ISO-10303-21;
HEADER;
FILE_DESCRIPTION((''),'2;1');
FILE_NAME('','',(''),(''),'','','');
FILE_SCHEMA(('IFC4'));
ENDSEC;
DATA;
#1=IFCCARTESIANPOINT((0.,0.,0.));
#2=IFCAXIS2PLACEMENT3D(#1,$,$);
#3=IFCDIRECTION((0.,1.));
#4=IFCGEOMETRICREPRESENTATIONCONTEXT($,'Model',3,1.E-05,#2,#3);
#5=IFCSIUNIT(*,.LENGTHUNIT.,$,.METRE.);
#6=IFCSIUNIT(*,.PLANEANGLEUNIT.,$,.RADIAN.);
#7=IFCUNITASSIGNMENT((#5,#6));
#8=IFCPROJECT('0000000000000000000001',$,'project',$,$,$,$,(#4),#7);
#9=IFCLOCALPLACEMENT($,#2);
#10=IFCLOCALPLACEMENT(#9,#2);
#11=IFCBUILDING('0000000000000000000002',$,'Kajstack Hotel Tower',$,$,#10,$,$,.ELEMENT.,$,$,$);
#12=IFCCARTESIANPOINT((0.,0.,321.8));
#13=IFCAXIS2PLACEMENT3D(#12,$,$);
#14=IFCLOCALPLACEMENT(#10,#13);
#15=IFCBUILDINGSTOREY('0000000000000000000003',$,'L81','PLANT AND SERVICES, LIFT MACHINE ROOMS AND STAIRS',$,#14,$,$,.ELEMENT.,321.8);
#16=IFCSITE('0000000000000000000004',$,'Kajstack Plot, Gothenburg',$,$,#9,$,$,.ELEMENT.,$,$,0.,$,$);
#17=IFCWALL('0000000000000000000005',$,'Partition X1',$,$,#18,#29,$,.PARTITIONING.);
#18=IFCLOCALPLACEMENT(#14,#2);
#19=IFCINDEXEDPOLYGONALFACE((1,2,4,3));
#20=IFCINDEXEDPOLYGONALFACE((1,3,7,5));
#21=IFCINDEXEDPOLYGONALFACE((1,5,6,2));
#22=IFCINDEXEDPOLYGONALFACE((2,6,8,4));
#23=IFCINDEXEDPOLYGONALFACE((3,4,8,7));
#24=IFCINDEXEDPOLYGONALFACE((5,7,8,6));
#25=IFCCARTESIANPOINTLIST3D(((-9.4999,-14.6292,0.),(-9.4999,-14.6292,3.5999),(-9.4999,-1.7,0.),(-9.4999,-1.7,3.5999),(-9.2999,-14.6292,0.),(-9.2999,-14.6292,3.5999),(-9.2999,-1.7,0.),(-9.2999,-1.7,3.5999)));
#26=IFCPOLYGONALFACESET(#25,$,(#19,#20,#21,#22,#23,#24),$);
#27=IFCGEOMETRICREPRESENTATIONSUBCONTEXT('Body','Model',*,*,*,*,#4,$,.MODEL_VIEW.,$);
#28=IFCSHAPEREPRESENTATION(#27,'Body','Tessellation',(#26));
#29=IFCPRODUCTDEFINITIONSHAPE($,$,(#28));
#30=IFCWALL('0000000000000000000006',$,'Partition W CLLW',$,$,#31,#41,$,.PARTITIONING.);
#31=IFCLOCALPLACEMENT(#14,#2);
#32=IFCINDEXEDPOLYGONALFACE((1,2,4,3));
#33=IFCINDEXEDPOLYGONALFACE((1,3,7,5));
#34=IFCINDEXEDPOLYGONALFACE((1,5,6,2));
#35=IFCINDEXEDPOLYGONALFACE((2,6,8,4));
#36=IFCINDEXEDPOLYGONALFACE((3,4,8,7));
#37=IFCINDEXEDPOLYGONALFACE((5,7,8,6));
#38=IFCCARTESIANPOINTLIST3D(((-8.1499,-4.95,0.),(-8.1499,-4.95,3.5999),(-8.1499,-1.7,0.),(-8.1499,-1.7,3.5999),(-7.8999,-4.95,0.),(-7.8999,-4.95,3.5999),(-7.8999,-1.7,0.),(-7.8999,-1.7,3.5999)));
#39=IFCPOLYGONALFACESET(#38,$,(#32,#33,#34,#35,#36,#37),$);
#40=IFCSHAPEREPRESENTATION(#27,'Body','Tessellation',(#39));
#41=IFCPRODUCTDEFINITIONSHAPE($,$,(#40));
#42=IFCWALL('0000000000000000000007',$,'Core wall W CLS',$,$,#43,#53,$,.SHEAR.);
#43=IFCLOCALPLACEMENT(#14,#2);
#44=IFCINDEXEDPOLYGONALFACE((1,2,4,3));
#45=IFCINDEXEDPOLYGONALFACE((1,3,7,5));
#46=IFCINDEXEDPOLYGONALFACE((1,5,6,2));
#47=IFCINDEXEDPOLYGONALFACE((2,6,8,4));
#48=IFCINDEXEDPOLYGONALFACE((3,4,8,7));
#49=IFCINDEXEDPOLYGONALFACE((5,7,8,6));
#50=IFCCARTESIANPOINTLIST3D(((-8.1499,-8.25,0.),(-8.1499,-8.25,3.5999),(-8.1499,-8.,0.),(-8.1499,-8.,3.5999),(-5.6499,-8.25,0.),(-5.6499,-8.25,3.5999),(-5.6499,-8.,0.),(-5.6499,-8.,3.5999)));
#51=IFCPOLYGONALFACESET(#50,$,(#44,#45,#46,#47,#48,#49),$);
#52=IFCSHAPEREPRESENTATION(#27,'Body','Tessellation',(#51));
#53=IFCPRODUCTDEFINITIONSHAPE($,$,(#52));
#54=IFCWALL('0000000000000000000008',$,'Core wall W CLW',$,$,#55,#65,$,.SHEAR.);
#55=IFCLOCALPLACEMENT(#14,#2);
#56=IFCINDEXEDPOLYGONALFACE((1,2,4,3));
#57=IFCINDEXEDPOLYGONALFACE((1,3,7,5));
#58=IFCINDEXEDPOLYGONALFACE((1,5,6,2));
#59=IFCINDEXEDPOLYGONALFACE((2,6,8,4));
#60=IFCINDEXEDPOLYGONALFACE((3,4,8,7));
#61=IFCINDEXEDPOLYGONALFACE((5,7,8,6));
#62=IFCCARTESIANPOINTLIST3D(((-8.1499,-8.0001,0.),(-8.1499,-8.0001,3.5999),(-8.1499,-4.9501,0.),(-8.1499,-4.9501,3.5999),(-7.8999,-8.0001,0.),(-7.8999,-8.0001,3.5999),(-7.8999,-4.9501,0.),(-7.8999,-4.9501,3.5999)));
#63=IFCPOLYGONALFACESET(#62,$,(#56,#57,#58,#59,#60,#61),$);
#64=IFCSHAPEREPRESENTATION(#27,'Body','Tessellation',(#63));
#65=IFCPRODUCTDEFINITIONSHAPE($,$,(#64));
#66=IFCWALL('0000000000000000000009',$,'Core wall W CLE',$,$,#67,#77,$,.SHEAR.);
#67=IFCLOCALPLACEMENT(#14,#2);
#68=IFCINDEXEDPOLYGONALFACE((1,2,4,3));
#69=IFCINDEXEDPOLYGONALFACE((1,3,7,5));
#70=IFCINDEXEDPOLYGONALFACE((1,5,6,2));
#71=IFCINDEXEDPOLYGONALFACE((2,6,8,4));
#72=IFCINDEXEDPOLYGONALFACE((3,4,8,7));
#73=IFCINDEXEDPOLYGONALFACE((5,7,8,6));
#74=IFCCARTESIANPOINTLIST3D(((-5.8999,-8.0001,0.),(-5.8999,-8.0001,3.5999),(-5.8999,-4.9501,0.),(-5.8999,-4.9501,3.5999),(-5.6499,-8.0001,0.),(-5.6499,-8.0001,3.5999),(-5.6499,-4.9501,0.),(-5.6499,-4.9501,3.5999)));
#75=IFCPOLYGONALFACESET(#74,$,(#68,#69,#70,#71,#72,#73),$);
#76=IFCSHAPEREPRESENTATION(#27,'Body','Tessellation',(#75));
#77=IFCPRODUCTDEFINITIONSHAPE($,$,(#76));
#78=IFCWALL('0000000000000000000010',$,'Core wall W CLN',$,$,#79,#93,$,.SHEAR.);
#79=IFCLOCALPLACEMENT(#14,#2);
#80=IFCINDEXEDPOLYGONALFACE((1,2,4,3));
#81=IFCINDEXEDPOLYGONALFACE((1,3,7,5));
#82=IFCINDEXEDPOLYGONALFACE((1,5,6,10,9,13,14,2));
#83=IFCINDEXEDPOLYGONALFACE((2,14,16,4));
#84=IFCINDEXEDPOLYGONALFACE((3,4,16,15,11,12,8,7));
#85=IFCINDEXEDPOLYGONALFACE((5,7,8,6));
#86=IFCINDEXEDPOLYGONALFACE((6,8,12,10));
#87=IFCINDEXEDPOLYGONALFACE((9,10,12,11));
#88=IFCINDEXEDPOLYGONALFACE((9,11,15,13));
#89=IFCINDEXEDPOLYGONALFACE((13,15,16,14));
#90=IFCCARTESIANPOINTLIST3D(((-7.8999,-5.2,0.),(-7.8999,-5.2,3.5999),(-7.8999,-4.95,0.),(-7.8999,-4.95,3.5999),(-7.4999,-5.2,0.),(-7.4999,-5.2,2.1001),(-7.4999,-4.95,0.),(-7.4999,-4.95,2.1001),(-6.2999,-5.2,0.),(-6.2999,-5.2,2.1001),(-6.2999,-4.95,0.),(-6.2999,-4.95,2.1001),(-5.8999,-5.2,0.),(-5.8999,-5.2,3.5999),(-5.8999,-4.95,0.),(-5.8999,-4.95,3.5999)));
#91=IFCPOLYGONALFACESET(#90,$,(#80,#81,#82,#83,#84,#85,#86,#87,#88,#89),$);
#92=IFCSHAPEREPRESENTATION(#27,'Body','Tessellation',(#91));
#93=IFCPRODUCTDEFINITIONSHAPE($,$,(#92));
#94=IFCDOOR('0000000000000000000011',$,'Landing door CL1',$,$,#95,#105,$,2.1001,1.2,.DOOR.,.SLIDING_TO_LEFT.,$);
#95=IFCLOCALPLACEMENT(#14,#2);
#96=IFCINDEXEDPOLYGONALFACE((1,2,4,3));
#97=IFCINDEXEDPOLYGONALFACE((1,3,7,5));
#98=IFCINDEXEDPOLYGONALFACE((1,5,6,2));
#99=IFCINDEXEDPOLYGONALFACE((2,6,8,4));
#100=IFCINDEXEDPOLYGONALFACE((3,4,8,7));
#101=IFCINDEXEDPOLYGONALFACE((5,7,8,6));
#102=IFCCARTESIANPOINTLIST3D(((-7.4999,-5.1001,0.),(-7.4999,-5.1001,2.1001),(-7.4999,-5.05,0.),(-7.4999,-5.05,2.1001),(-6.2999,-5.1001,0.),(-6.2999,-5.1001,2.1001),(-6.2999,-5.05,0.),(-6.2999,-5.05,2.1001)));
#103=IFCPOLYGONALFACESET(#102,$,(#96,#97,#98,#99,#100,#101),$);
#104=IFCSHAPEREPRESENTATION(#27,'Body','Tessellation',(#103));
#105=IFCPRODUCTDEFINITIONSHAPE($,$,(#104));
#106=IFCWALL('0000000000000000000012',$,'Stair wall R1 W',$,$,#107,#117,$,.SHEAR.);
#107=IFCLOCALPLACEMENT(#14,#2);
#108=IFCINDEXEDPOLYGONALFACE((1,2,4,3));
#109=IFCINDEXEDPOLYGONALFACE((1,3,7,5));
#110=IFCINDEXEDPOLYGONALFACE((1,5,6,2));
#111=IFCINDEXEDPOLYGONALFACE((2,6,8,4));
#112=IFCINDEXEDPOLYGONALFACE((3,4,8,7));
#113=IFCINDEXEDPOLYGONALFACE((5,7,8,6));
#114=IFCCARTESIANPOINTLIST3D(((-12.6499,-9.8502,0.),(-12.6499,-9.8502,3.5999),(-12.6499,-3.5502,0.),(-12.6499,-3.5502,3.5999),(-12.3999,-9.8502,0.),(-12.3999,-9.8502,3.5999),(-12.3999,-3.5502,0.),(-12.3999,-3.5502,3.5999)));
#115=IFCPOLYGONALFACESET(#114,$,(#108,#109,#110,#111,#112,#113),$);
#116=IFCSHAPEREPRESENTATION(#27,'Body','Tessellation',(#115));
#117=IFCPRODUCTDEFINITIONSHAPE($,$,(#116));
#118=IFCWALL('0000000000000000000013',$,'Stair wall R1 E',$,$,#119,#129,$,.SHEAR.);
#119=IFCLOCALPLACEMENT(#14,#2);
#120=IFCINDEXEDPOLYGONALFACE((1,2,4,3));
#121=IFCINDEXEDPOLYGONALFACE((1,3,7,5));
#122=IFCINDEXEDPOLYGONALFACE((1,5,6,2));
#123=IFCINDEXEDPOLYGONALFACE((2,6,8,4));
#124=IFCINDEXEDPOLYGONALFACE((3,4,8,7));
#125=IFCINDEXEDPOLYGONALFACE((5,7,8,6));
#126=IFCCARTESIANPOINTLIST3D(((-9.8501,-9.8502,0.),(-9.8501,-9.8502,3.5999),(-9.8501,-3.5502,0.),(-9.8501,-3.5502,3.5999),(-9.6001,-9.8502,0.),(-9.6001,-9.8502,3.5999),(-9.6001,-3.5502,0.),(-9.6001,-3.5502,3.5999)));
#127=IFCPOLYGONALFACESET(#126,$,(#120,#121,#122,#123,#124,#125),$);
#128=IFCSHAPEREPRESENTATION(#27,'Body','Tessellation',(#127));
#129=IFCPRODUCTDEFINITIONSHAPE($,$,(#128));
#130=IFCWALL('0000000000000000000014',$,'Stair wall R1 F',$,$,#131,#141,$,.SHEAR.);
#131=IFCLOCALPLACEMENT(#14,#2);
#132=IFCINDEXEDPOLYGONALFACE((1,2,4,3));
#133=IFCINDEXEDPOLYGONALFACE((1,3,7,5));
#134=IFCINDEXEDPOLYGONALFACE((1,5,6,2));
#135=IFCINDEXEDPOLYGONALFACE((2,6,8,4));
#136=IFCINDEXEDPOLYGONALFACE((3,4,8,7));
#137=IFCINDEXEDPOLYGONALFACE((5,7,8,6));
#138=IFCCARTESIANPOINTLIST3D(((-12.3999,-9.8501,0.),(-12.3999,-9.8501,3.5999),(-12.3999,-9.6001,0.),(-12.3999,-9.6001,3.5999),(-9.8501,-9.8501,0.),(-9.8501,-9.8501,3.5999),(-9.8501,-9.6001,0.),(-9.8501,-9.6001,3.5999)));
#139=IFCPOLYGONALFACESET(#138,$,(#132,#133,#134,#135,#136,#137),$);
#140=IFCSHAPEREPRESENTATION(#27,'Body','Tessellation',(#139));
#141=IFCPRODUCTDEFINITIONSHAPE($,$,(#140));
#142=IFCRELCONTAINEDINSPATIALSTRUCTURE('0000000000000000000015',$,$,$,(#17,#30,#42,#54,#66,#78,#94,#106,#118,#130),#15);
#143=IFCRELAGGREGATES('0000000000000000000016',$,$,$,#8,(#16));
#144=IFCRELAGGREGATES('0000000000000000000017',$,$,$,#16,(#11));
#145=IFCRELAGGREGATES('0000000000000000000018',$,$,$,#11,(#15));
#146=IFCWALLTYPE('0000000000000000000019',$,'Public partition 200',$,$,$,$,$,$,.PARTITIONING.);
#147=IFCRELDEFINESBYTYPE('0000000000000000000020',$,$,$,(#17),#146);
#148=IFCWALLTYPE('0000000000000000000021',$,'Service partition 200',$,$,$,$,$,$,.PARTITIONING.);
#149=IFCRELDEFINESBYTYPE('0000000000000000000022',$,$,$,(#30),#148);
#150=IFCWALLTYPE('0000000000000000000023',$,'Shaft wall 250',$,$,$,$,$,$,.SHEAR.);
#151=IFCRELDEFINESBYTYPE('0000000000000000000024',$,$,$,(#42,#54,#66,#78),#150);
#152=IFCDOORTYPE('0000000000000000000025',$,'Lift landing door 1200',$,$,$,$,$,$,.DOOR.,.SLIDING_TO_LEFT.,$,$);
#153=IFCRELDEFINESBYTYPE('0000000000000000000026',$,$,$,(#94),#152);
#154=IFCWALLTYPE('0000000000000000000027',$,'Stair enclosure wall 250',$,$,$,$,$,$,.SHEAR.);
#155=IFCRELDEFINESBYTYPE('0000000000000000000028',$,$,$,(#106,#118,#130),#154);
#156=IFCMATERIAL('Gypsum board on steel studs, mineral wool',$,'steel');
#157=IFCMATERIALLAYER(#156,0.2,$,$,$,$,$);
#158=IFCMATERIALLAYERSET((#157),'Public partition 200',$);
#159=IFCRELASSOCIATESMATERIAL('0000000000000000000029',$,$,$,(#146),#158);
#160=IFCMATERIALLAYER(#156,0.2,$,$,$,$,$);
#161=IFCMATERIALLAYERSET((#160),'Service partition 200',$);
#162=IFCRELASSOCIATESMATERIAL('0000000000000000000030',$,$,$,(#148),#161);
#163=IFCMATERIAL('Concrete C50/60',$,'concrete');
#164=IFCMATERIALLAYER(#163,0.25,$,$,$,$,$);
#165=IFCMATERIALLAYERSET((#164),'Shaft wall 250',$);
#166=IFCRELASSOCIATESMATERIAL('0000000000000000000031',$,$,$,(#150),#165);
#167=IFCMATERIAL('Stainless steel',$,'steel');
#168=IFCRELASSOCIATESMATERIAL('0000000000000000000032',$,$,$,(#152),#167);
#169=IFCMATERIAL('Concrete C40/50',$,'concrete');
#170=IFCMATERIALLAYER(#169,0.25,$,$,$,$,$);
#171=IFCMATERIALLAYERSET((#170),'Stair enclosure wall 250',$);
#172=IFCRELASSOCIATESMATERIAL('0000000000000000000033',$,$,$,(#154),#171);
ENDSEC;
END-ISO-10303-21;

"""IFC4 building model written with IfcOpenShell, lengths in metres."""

from ifc_helpers import new_model, si_unit, direction, frame, frame_2d, origin, place, context, subcontext, project, spatial, rectangle, extrude, material, layer, layer_set, type_object, element, fill, save


model = new_model("IFC4")

# Units and contexts
model_context = context("Model", 3, precision=1e-05, world=origin(), true_north=direction((0.0, 1.0)))
body_context = subcontext(model_context, "Body", "Model", "MODEL_VIEW")
ifc_project = project(units=[si_unit("LENGTHUNIT", "METRE"), si_unit("PLANEANGLEUNIT", "RADIAN")], contexts=[model_context])

# Site, building, storey
site_placement = place(None, origin())
site = spatial("IfcSite", under=ifc_project, at=site_placement, Name="Kajstack Plot, Gothenburg", CompositionType="ELEMENT", RefElevation=0.0)
building_placement = place(site_placement, origin())
building = spatial("IfcBuilding", under=site, at=building_placement, Name="Kajstack Hotel Tower", CompositionType="ELEMENT")
storey_placement = place(building_placement, frame((0.0, 0.0, 321.8)))
storey = spatial("IfcBuildingStorey", under=building, at=storey_placement, Name="L81", Description="PLANT AND SERVICES, LIFT MACHINE ROOMS AND STAIRS", CompositionType="ELEMENT", Elevation=321.8)

# Walls
ifc_material_1 = material(Name="Gypsum board on steel studs, mineral wool", Category="steel")
ifc_layer_1 = layer(ifc_material_1, 0.2)
ifc_layer_set_1 = layer_set([ifc_layer_1], Name="Public partition 200")
wall_type_1 = type_object("IfcWallType", Name="Public partition 200", PredefinedType="PARTITIONING", material=ifc_layer_set_1)
wall_1_placement = place(storey_placement, frame((-9.3999, -14.6292, 0.0), z_axis=(0.0, 0.0, 1.0), x_axis=(0.0, 1.0, 0.0)))
element("IfcWall", 1, at=wall_1_placement, inside=storey, type_object=wall_type_1, Name="Partition X1", PredefinedType="PARTITIONING", context=body_context, shape_type="SweptSolid", body=[
    extrude(rectangle(XDim=12.9292, YDim=0.2, at=frame_2d((6.4646, 0.0))), origin(), (0.0, 0.0, 1.0), 3.5999),
])
ifc_layer_2 = layer(ifc_material_1, 0.2)
ifc_layer_set_2 = layer_set([ifc_layer_2], Name="Service partition 200")
wall_type_2 = type_object("IfcWallType", Name="Service partition 200", PredefinedType="PARTITIONING", material=ifc_layer_set_2)
wall_2_placement = place(storey_placement, frame((-8.0249, -4.95, 0.0), z_axis=(0.0, 0.0, 1.0), x_axis=(0.0, 1.0, 0.0)))
element("IfcWall", 2, at=wall_2_placement, inside=storey, type_object=wall_type_2, Name="Partition W CLLW", PredefinedType="PARTITIONING", context=body_context, shape_type="SweptSolid", body=[
    extrude(rectangle(XDim=3.25, YDim=0.25, at=frame_2d((1.625, 0.0))), origin(), (0.0, 0.0, 1.0), 3.5999),
])
ifc_material_2 = material(Name="Concrete C50/60", Category="concrete")
ifc_layer_3 = layer(ifc_material_2, 0.25)
ifc_layer_set_3 = layer_set([ifc_layer_3], Name="Shaft wall 250")
wall_type_3 = type_object("IfcWallType", Name="Shaft wall 250", PredefinedType="SHEAR", material=ifc_layer_set_3)
wall_3_placement = place(storey_placement, frame((-8.1499, -8.125, 0.0), z_axis=(0.0, 0.0, 1.0), x_axis=(1.0, 0.0, 0.0)))
element("IfcWall", 3, at=wall_3_placement, inside=storey, type_object=wall_type_3, Name="Core wall W CLS", PredefinedType="SHEAR", context=body_context, shape_type="SweptSolid", body=[
    extrude(rectangle(XDim=2.5, YDim=0.25, at=frame_2d((1.25, 0.0))), origin(), (0.0, 0.0, 1.0), 3.5999),
])
for number, where, z_axis, x_axis, name in (
    (4, (-8.0249, -8.0, 0.0), (0.0, 0.0, 1.0), (0.0, 1.0, 0.0), "Core wall W CLW"),
    (5, (-5.7749, -8.0, 0.0), (0.0, 0.0, 1.0), (0.0, 1.0, 0.0), "Core wall W CLE"),
):
    element("IfcWall", number, at=place(storey_placement, frame(where, z_axis=z_axis, x_axis=x_axis)), inside=storey, type_object=wall_type_3, Name=name, PredefinedType="SHEAR", context=body_context, shape_type="SweptSolid", body=[
        extrude(rectangle(XDim=3.05, YDim=0.25, at=frame_2d((1.5249, 0.0))), origin(), (0.0, 0.0, 1.0), 3.5999),
    ])

# Wall, opening, door
wall_4_placement = place(storey_placement, frame((-7.8999, -5.075, 0.0), z_axis=(0.0, 0.0, 1.0), x_axis=(1.0, 0.0, 0.0)))
wall_4 = element("IfcWall", 6, at=wall_4_placement, inside=storey, type_object=wall_type_3, Name="Core wall W CLN", PredefinedType="SHEAR", context=body_context, shape_type="SweptSolid", body=[
    extrude(rectangle(XDim=2.0, YDim=0.25, at=frame_2d((1.0, 0.0))), origin(), (0.0, 0.0, 1.0), 3.5999),
])
opening_placement = place(wall_4_placement, frame((0.3999, 0.0, 0.0)))
opening = element("IfcOpeningElement", 7, at=opening_placement, cuts=wall_4, PredefinedType="OPENING", context=body_context, shape_type="SweptSolid", body=[
    extrude(rectangle(XDim=1.2, YDim=2.1001, at=frame_2d((0.6001, 1.05))), frame((0.0, 0.135, 0.0), z_axis=(0.0, -1.0, 0.0), x_axis=(1.0, 0.0, 0.0)), (0.0, 0.0, 1.0), 0.27),
])
ifc_material_3 = material(Name="Stainless steel", Category="steel")
door_type = type_object("IfcDoorType", Name="Lift landing door 1200", OperationType="SLIDING_TO_LEFT", PredefinedType="DOOR", material=ifc_material_3)
door_placement = place(opening_placement, origin())
door = element("IfcDoor", 8, at=door_placement, inside=storey, type_object=door_type, Name="Landing door CL1", OperationType="SLIDING_TO_LEFT", OverallHeight=2.1001, OverallWidth=1.2, PredefinedType="DOOR", context=body_context, shape_type="SweptSolid", body=[
    extrude(rectangle(XDim=1.2, YDim=2.1001, at=frame_2d((0.6001, 1.05))), frame((0.0, 0.0249, 0.0), z_axis=(0.0, -1.0, 0.0), x_axis=(1.0, 0.0, 0.0)), (0.0, 0.0, 1.0), 0.05),
])
fill(opening, door)

# Walls
ifc_material_4 = material(Name="Concrete C40/50", Category="concrete")
ifc_layer_4 = layer(ifc_material_4, 0.25)
ifc_layer_set_4 = layer_set([ifc_layer_4], Name="Stair enclosure wall 250")
wall_type_4 = type_object("IfcWallType", Name="Stair enclosure wall 250", PredefinedType="SHEAR", material=ifc_layer_set_4)
for number, where, z_axis, x_axis, name in (
    (9, (-12.5249, -9.8501, 0.0), (0.0, 0.0, 1.0), (0.0, 1.0, 0.0), "Stair wall R1 W"),
    (10, (-9.7251, -9.8501, 0.0), (0.0, 0.0, 1.0), (0.0, 1.0, 0.0), "Stair wall R1 E"),
):
    element("IfcWall", number, at=place(storey_placement, frame(where, z_axis=z_axis, x_axis=x_axis)), inside=storey, type_object=wall_type_4, Name=name, PredefinedType="SHEAR", context=body_context, shape_type="SweptSolid", body=[
        extrude(rectangle(XDim=6.3, YDim=0.25, at=frame_2d((3.1499, 0.0))), origin(), (0.0, 0.0, 1.0), 3.5999),
    ])
wall_5_placement = place(storey_placement, frame((-12.3999, -9.7251, 0.0), z_axis=(0.0, 0.0, 1.0), x_axis=(1.0, 0.0, 0.0)))
element("IfcWall", 11, at=wall_5_placement, inside=storey, type_object=wall_type_4, Name="Stair wall R1 F", PredefinedType="SHEAR", context=body_context, shape_type="SweptSolid", body=[
    extrude(rectangle(XDim=2.5498, YDim=0.25, at=frame_2d((1.2749, 0.0))), origin(), (0.0, 0.0, 1.0), 3.5999),
])

save(model, "model.ifc")
